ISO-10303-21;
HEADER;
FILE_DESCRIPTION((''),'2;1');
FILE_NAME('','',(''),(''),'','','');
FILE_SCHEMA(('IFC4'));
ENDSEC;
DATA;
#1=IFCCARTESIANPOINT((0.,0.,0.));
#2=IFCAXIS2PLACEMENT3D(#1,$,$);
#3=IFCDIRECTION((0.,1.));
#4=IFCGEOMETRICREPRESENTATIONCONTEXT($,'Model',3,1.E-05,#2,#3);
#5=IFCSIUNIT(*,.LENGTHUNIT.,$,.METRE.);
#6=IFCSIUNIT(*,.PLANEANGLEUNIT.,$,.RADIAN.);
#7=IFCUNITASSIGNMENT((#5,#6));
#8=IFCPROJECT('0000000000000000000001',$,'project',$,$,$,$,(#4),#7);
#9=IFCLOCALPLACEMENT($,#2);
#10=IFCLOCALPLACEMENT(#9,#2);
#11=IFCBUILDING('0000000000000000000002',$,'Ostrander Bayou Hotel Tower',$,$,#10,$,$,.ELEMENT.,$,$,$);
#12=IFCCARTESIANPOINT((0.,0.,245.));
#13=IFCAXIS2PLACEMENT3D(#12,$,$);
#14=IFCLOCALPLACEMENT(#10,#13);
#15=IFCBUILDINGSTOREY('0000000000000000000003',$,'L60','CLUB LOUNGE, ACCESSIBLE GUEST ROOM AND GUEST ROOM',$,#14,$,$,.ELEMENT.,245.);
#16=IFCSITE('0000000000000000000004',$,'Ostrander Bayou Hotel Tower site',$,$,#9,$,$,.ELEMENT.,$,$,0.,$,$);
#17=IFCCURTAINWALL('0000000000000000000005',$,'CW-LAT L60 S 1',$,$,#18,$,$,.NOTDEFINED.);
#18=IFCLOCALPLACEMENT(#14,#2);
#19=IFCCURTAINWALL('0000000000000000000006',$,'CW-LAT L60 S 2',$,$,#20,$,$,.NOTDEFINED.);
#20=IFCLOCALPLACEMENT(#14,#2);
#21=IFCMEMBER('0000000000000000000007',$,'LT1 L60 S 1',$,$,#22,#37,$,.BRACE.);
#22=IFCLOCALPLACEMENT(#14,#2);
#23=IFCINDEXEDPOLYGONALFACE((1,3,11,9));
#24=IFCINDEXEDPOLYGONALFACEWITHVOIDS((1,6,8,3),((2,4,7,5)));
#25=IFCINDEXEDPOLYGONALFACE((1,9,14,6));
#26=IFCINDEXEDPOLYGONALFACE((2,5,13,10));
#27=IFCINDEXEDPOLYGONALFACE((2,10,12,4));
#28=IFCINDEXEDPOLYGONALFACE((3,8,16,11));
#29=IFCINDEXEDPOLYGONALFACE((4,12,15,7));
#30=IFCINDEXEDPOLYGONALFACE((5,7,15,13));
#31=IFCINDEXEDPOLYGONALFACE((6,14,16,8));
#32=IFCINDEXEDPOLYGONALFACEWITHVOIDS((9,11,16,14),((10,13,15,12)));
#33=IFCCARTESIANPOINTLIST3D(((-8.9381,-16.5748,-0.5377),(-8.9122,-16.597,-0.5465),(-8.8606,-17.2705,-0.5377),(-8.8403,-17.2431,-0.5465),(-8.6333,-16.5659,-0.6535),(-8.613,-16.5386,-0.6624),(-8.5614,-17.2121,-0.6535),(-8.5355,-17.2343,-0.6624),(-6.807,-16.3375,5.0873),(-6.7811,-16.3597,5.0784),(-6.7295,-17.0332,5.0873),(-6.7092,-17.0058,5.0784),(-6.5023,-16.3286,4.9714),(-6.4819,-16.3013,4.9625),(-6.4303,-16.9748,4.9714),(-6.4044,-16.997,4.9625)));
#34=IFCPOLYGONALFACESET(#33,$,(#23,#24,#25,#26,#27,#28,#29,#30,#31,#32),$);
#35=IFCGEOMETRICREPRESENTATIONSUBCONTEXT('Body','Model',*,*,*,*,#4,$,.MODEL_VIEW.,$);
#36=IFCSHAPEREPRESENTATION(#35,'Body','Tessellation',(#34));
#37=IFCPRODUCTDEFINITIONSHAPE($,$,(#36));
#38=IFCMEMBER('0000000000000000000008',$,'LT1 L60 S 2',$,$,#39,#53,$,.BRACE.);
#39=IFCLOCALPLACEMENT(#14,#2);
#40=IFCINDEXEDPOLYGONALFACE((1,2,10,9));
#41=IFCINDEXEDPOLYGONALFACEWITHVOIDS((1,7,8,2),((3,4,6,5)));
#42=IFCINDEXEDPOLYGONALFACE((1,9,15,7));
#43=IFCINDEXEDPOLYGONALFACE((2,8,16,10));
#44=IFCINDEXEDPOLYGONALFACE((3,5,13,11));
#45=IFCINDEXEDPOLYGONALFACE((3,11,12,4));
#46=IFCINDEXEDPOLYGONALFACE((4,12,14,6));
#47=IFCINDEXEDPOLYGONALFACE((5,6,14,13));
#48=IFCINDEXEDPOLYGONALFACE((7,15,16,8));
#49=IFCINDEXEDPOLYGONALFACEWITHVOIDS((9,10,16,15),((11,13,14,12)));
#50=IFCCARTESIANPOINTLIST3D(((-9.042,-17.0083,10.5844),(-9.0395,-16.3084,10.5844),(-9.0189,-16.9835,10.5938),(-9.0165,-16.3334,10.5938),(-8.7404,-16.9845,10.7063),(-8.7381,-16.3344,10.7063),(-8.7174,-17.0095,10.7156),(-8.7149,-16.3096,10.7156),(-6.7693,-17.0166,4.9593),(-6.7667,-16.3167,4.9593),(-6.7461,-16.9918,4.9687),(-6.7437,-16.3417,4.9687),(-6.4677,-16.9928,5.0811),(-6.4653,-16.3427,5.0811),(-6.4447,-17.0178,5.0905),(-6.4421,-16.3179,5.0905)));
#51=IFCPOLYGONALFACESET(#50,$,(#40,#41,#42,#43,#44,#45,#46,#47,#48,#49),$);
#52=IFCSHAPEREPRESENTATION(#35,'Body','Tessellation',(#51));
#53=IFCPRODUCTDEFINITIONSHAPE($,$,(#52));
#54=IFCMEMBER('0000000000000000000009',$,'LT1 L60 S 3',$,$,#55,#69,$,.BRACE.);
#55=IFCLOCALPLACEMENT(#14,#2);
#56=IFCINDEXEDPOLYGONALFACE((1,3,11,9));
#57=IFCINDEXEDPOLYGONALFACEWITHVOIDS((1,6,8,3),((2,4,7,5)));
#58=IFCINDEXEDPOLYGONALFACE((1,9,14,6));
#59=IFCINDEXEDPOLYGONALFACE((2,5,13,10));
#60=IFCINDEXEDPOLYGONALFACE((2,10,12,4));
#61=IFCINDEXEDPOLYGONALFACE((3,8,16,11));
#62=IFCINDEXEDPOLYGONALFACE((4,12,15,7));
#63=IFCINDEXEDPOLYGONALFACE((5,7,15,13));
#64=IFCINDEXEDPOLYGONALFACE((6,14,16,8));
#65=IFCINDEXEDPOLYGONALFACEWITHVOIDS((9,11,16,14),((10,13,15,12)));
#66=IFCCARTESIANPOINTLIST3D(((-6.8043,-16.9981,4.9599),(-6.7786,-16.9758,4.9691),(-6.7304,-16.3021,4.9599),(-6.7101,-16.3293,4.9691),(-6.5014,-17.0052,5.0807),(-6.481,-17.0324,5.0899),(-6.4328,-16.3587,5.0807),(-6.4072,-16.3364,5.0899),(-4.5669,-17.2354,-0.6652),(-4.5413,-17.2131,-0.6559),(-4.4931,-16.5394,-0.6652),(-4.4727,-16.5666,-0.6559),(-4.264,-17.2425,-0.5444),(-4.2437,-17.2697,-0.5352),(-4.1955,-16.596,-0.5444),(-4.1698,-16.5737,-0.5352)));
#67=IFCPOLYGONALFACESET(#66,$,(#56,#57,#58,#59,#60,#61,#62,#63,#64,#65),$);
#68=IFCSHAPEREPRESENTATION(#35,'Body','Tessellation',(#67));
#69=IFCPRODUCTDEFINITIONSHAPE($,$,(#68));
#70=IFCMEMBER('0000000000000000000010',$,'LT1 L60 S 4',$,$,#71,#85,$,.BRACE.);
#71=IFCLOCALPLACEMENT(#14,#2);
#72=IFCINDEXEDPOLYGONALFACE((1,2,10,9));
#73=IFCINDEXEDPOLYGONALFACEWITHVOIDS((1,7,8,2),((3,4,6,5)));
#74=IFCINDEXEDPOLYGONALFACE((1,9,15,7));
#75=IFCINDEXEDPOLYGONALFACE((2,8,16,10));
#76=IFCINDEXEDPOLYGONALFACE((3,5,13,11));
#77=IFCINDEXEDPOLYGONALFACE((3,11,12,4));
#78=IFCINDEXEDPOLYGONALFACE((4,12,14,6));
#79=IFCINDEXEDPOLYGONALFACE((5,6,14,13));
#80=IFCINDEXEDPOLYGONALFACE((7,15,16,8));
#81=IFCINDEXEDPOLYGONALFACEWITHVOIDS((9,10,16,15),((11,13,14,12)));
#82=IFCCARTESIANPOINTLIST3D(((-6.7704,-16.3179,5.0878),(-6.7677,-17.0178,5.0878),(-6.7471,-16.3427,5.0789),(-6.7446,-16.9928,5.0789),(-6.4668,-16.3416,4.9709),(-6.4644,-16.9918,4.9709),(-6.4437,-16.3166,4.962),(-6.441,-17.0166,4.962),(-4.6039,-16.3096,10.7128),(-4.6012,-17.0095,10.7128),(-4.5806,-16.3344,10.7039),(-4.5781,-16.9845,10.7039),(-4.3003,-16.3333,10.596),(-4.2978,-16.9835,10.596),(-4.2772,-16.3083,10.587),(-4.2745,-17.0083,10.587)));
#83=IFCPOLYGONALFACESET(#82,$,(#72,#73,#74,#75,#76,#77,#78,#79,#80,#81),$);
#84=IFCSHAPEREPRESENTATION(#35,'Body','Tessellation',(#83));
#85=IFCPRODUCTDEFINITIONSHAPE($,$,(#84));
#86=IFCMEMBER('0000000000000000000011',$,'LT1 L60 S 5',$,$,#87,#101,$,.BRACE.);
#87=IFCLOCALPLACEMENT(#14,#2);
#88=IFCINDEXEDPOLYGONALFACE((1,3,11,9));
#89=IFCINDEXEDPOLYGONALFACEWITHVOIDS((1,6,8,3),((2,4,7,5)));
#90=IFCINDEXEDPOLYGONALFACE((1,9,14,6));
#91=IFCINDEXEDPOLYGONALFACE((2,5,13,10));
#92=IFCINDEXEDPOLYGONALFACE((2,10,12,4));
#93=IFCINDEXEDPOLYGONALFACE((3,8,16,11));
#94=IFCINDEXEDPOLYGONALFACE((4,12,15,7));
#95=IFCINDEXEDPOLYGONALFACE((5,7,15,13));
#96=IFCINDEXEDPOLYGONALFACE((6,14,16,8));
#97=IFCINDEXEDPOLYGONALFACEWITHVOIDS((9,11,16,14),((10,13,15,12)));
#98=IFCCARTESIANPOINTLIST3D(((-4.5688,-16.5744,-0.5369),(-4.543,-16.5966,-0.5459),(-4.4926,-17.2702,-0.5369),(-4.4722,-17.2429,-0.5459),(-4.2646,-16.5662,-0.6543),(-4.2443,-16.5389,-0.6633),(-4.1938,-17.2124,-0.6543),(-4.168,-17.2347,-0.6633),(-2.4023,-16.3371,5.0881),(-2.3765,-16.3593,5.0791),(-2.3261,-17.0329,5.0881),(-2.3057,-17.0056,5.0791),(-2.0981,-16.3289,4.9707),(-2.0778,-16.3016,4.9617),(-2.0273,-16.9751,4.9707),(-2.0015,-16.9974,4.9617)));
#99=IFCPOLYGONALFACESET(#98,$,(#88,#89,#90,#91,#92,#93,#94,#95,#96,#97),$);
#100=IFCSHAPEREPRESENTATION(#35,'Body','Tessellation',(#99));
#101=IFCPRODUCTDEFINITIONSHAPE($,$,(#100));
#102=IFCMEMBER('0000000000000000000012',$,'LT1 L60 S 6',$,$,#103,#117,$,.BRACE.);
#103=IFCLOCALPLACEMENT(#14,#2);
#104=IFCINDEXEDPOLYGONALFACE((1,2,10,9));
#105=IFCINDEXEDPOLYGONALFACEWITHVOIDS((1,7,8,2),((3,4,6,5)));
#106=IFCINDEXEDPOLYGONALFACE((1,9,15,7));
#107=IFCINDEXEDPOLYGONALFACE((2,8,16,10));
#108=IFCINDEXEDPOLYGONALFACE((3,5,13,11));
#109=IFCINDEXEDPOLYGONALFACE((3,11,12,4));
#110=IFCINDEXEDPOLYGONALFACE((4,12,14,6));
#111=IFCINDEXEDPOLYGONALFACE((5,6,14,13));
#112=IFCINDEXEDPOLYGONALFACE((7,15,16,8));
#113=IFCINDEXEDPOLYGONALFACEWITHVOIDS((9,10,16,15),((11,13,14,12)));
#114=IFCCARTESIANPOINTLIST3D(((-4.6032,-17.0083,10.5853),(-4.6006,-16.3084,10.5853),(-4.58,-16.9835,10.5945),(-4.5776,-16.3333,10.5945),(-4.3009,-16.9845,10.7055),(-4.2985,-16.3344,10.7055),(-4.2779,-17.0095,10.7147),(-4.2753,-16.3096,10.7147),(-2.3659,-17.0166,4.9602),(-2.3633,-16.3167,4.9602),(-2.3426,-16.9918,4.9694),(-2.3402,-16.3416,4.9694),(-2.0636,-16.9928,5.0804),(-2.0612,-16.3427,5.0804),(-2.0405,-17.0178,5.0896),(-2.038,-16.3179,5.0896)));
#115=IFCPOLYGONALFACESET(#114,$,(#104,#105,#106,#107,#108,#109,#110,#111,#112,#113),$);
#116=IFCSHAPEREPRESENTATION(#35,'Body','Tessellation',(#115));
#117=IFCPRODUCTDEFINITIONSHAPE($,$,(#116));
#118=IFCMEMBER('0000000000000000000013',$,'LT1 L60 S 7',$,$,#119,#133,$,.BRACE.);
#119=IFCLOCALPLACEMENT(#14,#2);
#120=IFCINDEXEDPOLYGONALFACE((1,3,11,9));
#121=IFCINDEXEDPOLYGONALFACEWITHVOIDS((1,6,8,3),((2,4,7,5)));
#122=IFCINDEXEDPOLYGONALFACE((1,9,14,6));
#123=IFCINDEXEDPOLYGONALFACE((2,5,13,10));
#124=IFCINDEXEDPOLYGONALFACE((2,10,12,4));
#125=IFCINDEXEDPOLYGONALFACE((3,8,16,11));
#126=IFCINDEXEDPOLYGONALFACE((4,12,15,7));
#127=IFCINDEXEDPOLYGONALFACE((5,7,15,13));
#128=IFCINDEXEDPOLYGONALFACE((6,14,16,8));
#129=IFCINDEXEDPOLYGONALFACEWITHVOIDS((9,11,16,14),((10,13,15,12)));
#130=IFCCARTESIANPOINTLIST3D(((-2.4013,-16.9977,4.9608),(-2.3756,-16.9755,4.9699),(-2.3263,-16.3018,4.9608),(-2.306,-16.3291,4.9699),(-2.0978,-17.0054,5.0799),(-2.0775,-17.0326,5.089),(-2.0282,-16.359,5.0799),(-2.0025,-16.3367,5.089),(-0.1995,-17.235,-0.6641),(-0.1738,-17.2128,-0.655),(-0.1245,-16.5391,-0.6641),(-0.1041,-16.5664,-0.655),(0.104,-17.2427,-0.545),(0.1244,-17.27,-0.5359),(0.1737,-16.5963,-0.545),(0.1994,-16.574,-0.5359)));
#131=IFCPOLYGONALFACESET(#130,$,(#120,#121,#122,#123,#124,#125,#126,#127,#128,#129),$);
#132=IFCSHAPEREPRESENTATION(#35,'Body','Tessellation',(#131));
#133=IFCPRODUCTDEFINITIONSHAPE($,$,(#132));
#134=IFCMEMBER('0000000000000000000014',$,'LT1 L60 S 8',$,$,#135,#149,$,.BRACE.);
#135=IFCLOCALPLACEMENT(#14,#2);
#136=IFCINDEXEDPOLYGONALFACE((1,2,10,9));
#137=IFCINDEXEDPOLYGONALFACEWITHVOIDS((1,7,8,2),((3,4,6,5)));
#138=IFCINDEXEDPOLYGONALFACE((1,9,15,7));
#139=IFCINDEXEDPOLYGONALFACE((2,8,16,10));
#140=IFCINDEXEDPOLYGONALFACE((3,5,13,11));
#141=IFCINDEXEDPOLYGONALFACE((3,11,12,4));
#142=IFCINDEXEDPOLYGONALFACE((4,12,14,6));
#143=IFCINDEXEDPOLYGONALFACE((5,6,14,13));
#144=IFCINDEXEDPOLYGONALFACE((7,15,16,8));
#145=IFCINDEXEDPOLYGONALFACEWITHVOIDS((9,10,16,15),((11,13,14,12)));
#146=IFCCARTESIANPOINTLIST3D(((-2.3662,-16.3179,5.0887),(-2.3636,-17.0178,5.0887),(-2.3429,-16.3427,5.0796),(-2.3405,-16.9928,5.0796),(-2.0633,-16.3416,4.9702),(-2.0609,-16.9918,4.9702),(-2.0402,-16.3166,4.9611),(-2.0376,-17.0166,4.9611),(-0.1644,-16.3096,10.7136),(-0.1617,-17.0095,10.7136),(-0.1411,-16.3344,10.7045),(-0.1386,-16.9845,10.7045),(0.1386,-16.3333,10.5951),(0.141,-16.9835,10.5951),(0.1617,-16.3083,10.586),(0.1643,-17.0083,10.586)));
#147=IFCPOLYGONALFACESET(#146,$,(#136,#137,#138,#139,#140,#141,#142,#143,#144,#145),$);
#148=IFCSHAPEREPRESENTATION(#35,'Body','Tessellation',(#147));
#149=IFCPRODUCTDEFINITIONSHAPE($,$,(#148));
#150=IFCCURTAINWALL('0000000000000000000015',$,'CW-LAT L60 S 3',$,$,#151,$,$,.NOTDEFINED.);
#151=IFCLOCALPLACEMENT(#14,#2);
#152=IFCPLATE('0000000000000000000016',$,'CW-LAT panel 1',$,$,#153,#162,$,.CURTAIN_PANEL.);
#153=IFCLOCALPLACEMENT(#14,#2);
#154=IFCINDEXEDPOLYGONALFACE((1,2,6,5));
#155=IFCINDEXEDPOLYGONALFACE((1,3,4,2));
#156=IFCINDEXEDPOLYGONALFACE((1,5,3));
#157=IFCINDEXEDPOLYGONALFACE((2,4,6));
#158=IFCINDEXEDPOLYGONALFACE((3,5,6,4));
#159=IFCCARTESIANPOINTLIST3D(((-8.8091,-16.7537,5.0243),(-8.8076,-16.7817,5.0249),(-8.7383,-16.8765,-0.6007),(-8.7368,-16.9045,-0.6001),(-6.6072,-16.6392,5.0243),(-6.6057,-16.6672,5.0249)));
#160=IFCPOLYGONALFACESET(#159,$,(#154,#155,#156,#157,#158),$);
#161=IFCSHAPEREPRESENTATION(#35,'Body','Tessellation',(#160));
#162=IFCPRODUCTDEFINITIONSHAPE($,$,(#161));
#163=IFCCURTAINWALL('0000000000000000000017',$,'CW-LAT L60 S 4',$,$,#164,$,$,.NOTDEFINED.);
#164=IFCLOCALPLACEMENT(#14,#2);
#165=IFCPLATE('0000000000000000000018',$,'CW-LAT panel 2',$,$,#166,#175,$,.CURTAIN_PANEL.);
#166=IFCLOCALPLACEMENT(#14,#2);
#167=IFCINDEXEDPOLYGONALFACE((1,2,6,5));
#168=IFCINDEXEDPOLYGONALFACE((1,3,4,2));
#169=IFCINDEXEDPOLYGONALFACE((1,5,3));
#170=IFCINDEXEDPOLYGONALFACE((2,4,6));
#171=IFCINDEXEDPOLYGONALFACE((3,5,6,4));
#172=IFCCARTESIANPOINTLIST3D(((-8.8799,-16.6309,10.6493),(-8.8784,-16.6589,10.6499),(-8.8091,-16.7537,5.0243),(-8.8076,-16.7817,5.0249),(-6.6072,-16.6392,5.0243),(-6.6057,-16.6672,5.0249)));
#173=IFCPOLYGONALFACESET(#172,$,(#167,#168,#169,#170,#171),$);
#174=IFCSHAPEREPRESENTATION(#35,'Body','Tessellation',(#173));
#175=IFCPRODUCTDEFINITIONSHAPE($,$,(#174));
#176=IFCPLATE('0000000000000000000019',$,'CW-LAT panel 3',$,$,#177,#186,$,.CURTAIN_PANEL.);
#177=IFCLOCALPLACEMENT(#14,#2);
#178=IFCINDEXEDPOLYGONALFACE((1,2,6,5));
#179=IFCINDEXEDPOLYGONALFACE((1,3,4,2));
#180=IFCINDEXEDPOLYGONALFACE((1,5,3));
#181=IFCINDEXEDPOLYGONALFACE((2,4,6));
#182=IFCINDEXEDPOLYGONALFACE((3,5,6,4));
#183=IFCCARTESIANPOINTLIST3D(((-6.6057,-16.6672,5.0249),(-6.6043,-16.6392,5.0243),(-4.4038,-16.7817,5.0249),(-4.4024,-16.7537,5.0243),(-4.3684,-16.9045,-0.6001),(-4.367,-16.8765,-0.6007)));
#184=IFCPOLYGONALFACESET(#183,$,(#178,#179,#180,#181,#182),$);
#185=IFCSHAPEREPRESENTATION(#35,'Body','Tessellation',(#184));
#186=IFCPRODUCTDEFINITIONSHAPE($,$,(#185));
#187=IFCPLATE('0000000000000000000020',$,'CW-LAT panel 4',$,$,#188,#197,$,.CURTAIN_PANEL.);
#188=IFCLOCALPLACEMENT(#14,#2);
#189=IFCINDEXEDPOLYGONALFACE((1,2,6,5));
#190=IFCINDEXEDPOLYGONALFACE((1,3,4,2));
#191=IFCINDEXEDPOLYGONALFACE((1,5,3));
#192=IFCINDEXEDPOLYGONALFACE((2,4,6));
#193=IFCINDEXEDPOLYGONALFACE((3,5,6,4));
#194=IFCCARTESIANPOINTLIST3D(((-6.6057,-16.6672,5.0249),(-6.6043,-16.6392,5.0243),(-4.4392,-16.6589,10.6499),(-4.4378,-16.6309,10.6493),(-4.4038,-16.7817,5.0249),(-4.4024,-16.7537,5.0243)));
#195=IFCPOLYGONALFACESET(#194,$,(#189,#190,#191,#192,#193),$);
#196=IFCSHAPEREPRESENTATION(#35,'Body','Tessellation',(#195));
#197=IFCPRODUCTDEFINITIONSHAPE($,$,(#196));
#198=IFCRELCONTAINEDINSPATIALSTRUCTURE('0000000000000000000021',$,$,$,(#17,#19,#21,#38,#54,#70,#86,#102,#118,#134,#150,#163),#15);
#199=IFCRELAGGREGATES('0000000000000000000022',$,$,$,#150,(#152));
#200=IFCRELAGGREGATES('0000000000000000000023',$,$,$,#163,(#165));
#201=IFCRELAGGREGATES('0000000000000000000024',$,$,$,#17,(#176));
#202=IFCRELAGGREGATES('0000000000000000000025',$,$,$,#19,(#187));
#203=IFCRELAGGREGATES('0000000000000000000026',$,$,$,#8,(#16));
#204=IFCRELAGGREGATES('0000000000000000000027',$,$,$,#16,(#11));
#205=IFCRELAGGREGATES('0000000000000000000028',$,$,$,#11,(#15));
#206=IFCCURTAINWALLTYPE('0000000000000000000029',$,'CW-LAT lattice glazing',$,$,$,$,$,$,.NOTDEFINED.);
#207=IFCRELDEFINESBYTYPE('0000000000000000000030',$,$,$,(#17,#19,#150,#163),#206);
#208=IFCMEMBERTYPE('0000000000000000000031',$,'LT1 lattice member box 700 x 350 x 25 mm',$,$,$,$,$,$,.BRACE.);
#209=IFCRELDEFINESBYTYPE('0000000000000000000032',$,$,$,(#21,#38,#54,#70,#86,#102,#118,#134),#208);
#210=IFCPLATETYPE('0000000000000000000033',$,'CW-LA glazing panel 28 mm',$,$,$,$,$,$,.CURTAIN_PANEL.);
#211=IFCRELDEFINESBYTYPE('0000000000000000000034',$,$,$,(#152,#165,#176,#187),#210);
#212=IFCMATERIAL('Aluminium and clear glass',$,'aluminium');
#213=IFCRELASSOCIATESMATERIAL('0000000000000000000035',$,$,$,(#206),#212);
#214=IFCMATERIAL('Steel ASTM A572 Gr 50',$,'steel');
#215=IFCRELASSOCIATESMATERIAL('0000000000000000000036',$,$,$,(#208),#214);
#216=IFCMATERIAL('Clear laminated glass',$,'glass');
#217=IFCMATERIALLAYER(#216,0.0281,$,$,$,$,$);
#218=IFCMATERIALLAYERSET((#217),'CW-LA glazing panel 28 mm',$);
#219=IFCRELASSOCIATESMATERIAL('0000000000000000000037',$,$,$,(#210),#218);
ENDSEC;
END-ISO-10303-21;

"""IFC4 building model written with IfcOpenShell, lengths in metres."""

from ifc_helpers import new_model, si_unit, direction, frame, origin, origin_2d, place, context, subcontext, project, spatial, polyline, hollow_rectangle, outline, extrude, material, layer, layer_set, material_profile, profile_set, type_object, element, aggregate, save


model = new_model("IFC4")

# Units and contexts
model_context = context("Model", 3, precision=1e-05, world=origin(), true_north=direction((0.0, 1.0)))
body_context = subcontext(model_context, "Body", "Model", "MODEL_VIEW")
ifc_project = project(units=[si_unit("LENGTHUNIT", "METRE"), si_unit("PLANEANGLEUNIT", "RADIAN")], contexts=[model_context])

# Site, building, storey
site_placement = place(None, origin())
site = spatial("IfcSite", under=ifc_project, at=site_placement, Name="Ostrander Bayou Hotel Tower site", CompositionType="ELEMENT", RefElevation=0.0)
building_placement = place(site_placement, origin())
building = spatial("IfcBuilding", under=site, at=building_placement, Name="Ostrander Bayou Hotel Tower", CompositionType="ELEMENT")
storey_placement = place(building_placement, frame((0.0, 0.0, 245.0)))
storey = spatial("IfcBuildingStorey", under=building, at=storey_placement, Name="L60", Description="CLUB LOUNGE, ACCESSIBLE GUEST ROOM AND GUEST ROOM", CompositionType="ELEMENT", Elevation=245.0)

# Curtain walls
ifc_material_1 = material(Name="Aluminium and clear glass", Category="aluminium")
curtain_wall_type = type_object("IfcCurtainWallType", Name="CW-LAT lattice glazing", PredefinedType="NOTDEFINED", material=ifc_material_1)
curtain_wall_1_placement = place(storey_placement, origin())
curtain_wall_1 = element("IfcCurtainWall", 1, at=curtain_wall_1_placement, inside=storey, type_object=curtain_wall_type, Name="CW-LAT L60 S 1", PredefinedType="NOTDEFINED")
curtain_wall_2_placement = place(storey_placement, origin())
curtain_wall_2 = element("IfcCurtainWall", 2, at=curtain_wall_2_placement, inside=storey, type_object=curtain_wall_type, Name="CW-LAT L60 S 2", PredefinedType="NOTDEFINED")

# Members
ifc_material_2 = material(Name="Steel ASTM A572 Gr 50", Category="steel")
ifc_material_profile_1 = material_profile(ifc_material_2, hollow_rectangle(XDim=0.7, YDim=0.3501, WallThickness=0.0249, at=origin_2d()))
ifc_profile_set_1 = profile_set([ifc_material_profile_1], Name="Steel ASTM A572 Gr 50")
member_type_1 = type_object("IfcMemberType", Name="LT1 lattice member box 700 x 350 x 25 mm", PredefinedType="BRACE", material=ifc_profile_set_1)
member_1_placement = place(storey_placement, frame((-6.6057, -16.6672, 5.0249), z_axis=(-0.354013, -0.03942, -0.934409), x_axis=(0.110669, -0.993857, 0.0)))
element("IfcMember", 3, at=member_1_placement, inside=storey, type_object=member_type_1, Name="LT1 L60 S 1", PredefinedType="BRACE", context=body_context, shape_type="SweptSolid", body=[
    extrude(hollow_rectangle(XDim=0.7, YDim=0.3501, WallThickness=0.0249, at=origin_2d()), origin(), (0.0, 0.0, 1.0), 6.0198),
])
member_2_placement = place(storey_placement, frame((-6.6057, -16.6672, 5.0249), z_axis=(-0.374614, 0.001368, 0.92718), x_axis=(-0.003652, -0.999993, 0.0)))
element("IfcMember", 4, at=member_2_placement, inside=storey, type_object=member_type_1, Name="LT1 L60 S 2", PredefinedType="BRACE", context=body_context, shape_type="SweptSolid", body=[
    extrude(hollow_rectangle(XDim=0.7, YDim=0.3501, WallThickness=0.0249, at=origin_2d()), origin(), (0.0, 0.0, 1.0), 6.0669),
])
member_3_placement = place(storey_placement, frame((-6.6057, -16.6672, 5.0249), z_axis=(0.369298, -0.03917, -0.928485), x_axis=(0.105476, 0.994422, 0.0)))
element("IfcMember", 5, at=member_3_placement, inside=storey, type_object=member_type_1, Name="LT1 L60 S 3", PredefinedType="BRACE", context=body_context, shape_type="SweptSolid", body=[
    extrude(hollow_rectangle(XDim=0.7, YDim=0.3501, WallThickness=0.0249, at=origin_2d()), origin(), (0.0, 0.0, 1.0), 6.0583),
])
member_4_placement = place(storey_placement, frame((-6.6057, -16.6672, 5.0249), z_axis=(0.359418, 0.001377, 0.933176), x_axis=(-0.003831, 0.999993, 0.0)))
element("IfcMember", 6, at=member_4_placement, inside=storey, type_object=member_type_1, Name="LT1 L60 S 4", PredefinedType="BRACE", context=body_context, shape_type="SweptSolid", body=[
    extrude(hollow_rectangle(XDim=0.7, YDim=0.3501, WallThickness=0.0249, at=origin_2d()), origin(), (0.0, 0.0, 1.0), 6.0278),
])
member_5_placement = place(storey_placement, frame((-2.2019, -16.6672, 5.0249), z_axis=(-0.359141, -0.039338, -0.932454), x_axis=(0.108882, -0.994055, 0.0)))
element("IfcMember", 7, at=member_5_placement, inside=storey, type_object=member_type_1, Name="LT1 L60 S 5", PredefinedType="BRACE", context=body_context, shape_type="SweptSolid", body=[
    extrude(hollow_rectangle(XDim=0.7, YDim=0.3501, WallThickness=0.0249, at=origin_2d()), origin(), (0.0, 0.0, 1.0), 6.0325),
])
member_6_placement = place(storey_placement, frame((-2.2019, -16.6672, 5.0249), z_axis=(-0.369582, 0.001371, 0.929197), x_axis=(-0.00371, -0.999993, 0.0)))
element("IfcMember", 8, at=member_6_placement, inside=storey, type_object=member_type_1, Name="LT1 L60 S 6", PredefinedType="BRACE", context=body_context, shape_type="SweptSolid", body=[
    extrude(hollow_rectangle(XDim=0.7, YDim=0.3501, WallThickness=0.0249, at=origin_2d()), origin(), (0.0, 0.0, 1.0), 6.0537),
])
member_7_placement = place(storey_placement, frame((-2.2019, -16.6672, 5.0249), z_axis=(0.364236, -0.039255, -0.930479), x_axis=(0.107152, 0.994243, 0.0)))
element("IfcMember", 9, at=member_7_placement, inside=storey, type_object=member_type_1, Name="LT1 L60 S 7", PredefinedType="BRACE", context=body_context, shape_type="SweptSolid", body=[
    extrude(hollow_rectangle(XDim=0.7, YDim=0.3501, WallThickness=0.0249, at=origin_2d()), origin(), (0.0, 0.0, 1.0), 6.0452),
])
member_8_placement = place(storey_placement, frame((-2.2019, -16.6672, 5.0249), z_axis=(0.364516, 0.001374, 0.931196), x_axis=(-0.00377, 0.999993, 0.0)))
element("IfcMember", 10, at=member_8_placement, inside=storey, type_object=member_type_1, Name="LT1 L60 S 8", PredefinedType="BRACE", context=body_context, shape_type="SweptSolid", body=[
    extrude(hollow_rectangle(XDim=0.7, YDim=0.3501, WallThickness=0.0249, at=origin_2d()), origin(), (0.0, 0.0, 1.0), 6.0405),
])

# Curtain walls, plates
curtain_wall_3_placement = place(storey_placement, origin())
curtain_wall_3 = element("IfcCurtainWall", 11, at=curtain_wall_3_placement, inside=storey, type_object=curtain_wall_type, Name="CW-LAT L60 S 3", PredefinedType="NOTDEFINED")
ifc_material_3 = material(Name="Clear laminated glass", Category="glass")
ifc_layer_1 = layer(ifc_material_3, 0.0281)
ifc_layer_set_1 = layer_set([ifc_layer_1], Name="CW-LA glazing panel 28 mm")
plate_type = type_object("IfcPlateType", Name="CW-LA glazing panel 28 mm", PredefinedType="CURTAIN_PANEL", material=ifc_layer_set_1)
plate_1_placement = place(storey_placement, frame((-6.6057, -16.6672, 5.0249), z_axis=(0.051918, -0.998399, 0.02245), x_axis=(-0.354013, -0.03942, -0.934409)))
plate_1 = element("IfcPlate", 12, at=plate_1_placement, type_object=plate_type, Name="CW-LAT panel 1", PredefinedType="CURTAIN_PANEL", context=body_context, shape_type="SweptSolid", body=[
    extrude(outline(polyline([(0.0, 0.0), (6.0198, 0.0), (0.784, -2.0608), (0.0, 0.0)])), origin(), (0.0, 0.0, -1.0), 0.0281),
])
curtain_wall_4_placement = place(storey_placement, origin())
curtain_wall_4 = element("IfcCurtainWall", 13, at=curtain_wall_4_placement, inside=storey, type_object=curtain_wall_type, Name="CW-LAT L60 S 4", PredefinedType="NOTDEFINED")
plate_2_placement = place(storey_placement, frame((-6.6057, -16.6672, 5.0249), z_axis=(0.051918, -0.998399, 0.02245), x_axis=(-0.374614, 0.001368, 0.92718)))
plate_2 = element("IfcPlate", 14, at=plate_2_placement, type_object=plate_type, Name="CW-LAT panel 2", PredefinedType="CURTAIN_PANEL", context=body_context, shape_type="SweptSolid", body=[
    extrude(outline(polyline([(0.0, 0.0), (6.0668, 0.0), (0.8247, 2.0448), (0.0, 0.0)])), origin(), (0.0, 0.0, -1.0), 0.0281),
])

# Plates
plate_3_placement = place(storey_placement, frame((-6.6057, -16.6672, 5.0249), z_axis=(-0.051919, -0.99842, 0.02147), x_axis=(0.369298, -0.03917, -0.928485)))
plate_3 = element("IfcPlate", 15, at=plate_3_placement, type_object=plate_type, Name="CW-LAT panel 3", PredefinedType="CURTAIN_PANEL", context=body_context, shape_type="SweptSolid", body=[
    extrude(outline(polyline([(0.0, 0.0), (6.0583, 0.0), (0.8176, 2.0477), (0.0, 0.0)])), origin(), (0.0, 0.0, -1.0), 0.0281),
])
plate_4_placement = place(storey_placement, frame((-6.6057, -16.6672, 5.0249), z_axis=(-0.051919, -0.99842, 0.02147), x_axis=(0.359418, 0.001377, 0.933176)))
plate_4 = element("IfcPlate", 16, at=plate_4_placement, type_object=plate_type, Name="CW-LAT panel 4", PredefinedType="CURTAIN_PANEL", context=body_context, shape_type="SweptSolid", body=[
    extrude(outline(polyline([(0.0, 0.0), (6.0278, 0.0), (0.7912, -2.058), (0.0, 0.0)])), origin(), (0.0, 0.0, -1.0), 0.0281),
])
aggregate(curtain_wall_3, [plate_1])
aggregate(curtain_wall_4, [plate_2])
aggregate(curtain_wall_1, [plate_3])
aggregate(curtain_wall_2, [plate_4])

save(model, "model.ifc")
